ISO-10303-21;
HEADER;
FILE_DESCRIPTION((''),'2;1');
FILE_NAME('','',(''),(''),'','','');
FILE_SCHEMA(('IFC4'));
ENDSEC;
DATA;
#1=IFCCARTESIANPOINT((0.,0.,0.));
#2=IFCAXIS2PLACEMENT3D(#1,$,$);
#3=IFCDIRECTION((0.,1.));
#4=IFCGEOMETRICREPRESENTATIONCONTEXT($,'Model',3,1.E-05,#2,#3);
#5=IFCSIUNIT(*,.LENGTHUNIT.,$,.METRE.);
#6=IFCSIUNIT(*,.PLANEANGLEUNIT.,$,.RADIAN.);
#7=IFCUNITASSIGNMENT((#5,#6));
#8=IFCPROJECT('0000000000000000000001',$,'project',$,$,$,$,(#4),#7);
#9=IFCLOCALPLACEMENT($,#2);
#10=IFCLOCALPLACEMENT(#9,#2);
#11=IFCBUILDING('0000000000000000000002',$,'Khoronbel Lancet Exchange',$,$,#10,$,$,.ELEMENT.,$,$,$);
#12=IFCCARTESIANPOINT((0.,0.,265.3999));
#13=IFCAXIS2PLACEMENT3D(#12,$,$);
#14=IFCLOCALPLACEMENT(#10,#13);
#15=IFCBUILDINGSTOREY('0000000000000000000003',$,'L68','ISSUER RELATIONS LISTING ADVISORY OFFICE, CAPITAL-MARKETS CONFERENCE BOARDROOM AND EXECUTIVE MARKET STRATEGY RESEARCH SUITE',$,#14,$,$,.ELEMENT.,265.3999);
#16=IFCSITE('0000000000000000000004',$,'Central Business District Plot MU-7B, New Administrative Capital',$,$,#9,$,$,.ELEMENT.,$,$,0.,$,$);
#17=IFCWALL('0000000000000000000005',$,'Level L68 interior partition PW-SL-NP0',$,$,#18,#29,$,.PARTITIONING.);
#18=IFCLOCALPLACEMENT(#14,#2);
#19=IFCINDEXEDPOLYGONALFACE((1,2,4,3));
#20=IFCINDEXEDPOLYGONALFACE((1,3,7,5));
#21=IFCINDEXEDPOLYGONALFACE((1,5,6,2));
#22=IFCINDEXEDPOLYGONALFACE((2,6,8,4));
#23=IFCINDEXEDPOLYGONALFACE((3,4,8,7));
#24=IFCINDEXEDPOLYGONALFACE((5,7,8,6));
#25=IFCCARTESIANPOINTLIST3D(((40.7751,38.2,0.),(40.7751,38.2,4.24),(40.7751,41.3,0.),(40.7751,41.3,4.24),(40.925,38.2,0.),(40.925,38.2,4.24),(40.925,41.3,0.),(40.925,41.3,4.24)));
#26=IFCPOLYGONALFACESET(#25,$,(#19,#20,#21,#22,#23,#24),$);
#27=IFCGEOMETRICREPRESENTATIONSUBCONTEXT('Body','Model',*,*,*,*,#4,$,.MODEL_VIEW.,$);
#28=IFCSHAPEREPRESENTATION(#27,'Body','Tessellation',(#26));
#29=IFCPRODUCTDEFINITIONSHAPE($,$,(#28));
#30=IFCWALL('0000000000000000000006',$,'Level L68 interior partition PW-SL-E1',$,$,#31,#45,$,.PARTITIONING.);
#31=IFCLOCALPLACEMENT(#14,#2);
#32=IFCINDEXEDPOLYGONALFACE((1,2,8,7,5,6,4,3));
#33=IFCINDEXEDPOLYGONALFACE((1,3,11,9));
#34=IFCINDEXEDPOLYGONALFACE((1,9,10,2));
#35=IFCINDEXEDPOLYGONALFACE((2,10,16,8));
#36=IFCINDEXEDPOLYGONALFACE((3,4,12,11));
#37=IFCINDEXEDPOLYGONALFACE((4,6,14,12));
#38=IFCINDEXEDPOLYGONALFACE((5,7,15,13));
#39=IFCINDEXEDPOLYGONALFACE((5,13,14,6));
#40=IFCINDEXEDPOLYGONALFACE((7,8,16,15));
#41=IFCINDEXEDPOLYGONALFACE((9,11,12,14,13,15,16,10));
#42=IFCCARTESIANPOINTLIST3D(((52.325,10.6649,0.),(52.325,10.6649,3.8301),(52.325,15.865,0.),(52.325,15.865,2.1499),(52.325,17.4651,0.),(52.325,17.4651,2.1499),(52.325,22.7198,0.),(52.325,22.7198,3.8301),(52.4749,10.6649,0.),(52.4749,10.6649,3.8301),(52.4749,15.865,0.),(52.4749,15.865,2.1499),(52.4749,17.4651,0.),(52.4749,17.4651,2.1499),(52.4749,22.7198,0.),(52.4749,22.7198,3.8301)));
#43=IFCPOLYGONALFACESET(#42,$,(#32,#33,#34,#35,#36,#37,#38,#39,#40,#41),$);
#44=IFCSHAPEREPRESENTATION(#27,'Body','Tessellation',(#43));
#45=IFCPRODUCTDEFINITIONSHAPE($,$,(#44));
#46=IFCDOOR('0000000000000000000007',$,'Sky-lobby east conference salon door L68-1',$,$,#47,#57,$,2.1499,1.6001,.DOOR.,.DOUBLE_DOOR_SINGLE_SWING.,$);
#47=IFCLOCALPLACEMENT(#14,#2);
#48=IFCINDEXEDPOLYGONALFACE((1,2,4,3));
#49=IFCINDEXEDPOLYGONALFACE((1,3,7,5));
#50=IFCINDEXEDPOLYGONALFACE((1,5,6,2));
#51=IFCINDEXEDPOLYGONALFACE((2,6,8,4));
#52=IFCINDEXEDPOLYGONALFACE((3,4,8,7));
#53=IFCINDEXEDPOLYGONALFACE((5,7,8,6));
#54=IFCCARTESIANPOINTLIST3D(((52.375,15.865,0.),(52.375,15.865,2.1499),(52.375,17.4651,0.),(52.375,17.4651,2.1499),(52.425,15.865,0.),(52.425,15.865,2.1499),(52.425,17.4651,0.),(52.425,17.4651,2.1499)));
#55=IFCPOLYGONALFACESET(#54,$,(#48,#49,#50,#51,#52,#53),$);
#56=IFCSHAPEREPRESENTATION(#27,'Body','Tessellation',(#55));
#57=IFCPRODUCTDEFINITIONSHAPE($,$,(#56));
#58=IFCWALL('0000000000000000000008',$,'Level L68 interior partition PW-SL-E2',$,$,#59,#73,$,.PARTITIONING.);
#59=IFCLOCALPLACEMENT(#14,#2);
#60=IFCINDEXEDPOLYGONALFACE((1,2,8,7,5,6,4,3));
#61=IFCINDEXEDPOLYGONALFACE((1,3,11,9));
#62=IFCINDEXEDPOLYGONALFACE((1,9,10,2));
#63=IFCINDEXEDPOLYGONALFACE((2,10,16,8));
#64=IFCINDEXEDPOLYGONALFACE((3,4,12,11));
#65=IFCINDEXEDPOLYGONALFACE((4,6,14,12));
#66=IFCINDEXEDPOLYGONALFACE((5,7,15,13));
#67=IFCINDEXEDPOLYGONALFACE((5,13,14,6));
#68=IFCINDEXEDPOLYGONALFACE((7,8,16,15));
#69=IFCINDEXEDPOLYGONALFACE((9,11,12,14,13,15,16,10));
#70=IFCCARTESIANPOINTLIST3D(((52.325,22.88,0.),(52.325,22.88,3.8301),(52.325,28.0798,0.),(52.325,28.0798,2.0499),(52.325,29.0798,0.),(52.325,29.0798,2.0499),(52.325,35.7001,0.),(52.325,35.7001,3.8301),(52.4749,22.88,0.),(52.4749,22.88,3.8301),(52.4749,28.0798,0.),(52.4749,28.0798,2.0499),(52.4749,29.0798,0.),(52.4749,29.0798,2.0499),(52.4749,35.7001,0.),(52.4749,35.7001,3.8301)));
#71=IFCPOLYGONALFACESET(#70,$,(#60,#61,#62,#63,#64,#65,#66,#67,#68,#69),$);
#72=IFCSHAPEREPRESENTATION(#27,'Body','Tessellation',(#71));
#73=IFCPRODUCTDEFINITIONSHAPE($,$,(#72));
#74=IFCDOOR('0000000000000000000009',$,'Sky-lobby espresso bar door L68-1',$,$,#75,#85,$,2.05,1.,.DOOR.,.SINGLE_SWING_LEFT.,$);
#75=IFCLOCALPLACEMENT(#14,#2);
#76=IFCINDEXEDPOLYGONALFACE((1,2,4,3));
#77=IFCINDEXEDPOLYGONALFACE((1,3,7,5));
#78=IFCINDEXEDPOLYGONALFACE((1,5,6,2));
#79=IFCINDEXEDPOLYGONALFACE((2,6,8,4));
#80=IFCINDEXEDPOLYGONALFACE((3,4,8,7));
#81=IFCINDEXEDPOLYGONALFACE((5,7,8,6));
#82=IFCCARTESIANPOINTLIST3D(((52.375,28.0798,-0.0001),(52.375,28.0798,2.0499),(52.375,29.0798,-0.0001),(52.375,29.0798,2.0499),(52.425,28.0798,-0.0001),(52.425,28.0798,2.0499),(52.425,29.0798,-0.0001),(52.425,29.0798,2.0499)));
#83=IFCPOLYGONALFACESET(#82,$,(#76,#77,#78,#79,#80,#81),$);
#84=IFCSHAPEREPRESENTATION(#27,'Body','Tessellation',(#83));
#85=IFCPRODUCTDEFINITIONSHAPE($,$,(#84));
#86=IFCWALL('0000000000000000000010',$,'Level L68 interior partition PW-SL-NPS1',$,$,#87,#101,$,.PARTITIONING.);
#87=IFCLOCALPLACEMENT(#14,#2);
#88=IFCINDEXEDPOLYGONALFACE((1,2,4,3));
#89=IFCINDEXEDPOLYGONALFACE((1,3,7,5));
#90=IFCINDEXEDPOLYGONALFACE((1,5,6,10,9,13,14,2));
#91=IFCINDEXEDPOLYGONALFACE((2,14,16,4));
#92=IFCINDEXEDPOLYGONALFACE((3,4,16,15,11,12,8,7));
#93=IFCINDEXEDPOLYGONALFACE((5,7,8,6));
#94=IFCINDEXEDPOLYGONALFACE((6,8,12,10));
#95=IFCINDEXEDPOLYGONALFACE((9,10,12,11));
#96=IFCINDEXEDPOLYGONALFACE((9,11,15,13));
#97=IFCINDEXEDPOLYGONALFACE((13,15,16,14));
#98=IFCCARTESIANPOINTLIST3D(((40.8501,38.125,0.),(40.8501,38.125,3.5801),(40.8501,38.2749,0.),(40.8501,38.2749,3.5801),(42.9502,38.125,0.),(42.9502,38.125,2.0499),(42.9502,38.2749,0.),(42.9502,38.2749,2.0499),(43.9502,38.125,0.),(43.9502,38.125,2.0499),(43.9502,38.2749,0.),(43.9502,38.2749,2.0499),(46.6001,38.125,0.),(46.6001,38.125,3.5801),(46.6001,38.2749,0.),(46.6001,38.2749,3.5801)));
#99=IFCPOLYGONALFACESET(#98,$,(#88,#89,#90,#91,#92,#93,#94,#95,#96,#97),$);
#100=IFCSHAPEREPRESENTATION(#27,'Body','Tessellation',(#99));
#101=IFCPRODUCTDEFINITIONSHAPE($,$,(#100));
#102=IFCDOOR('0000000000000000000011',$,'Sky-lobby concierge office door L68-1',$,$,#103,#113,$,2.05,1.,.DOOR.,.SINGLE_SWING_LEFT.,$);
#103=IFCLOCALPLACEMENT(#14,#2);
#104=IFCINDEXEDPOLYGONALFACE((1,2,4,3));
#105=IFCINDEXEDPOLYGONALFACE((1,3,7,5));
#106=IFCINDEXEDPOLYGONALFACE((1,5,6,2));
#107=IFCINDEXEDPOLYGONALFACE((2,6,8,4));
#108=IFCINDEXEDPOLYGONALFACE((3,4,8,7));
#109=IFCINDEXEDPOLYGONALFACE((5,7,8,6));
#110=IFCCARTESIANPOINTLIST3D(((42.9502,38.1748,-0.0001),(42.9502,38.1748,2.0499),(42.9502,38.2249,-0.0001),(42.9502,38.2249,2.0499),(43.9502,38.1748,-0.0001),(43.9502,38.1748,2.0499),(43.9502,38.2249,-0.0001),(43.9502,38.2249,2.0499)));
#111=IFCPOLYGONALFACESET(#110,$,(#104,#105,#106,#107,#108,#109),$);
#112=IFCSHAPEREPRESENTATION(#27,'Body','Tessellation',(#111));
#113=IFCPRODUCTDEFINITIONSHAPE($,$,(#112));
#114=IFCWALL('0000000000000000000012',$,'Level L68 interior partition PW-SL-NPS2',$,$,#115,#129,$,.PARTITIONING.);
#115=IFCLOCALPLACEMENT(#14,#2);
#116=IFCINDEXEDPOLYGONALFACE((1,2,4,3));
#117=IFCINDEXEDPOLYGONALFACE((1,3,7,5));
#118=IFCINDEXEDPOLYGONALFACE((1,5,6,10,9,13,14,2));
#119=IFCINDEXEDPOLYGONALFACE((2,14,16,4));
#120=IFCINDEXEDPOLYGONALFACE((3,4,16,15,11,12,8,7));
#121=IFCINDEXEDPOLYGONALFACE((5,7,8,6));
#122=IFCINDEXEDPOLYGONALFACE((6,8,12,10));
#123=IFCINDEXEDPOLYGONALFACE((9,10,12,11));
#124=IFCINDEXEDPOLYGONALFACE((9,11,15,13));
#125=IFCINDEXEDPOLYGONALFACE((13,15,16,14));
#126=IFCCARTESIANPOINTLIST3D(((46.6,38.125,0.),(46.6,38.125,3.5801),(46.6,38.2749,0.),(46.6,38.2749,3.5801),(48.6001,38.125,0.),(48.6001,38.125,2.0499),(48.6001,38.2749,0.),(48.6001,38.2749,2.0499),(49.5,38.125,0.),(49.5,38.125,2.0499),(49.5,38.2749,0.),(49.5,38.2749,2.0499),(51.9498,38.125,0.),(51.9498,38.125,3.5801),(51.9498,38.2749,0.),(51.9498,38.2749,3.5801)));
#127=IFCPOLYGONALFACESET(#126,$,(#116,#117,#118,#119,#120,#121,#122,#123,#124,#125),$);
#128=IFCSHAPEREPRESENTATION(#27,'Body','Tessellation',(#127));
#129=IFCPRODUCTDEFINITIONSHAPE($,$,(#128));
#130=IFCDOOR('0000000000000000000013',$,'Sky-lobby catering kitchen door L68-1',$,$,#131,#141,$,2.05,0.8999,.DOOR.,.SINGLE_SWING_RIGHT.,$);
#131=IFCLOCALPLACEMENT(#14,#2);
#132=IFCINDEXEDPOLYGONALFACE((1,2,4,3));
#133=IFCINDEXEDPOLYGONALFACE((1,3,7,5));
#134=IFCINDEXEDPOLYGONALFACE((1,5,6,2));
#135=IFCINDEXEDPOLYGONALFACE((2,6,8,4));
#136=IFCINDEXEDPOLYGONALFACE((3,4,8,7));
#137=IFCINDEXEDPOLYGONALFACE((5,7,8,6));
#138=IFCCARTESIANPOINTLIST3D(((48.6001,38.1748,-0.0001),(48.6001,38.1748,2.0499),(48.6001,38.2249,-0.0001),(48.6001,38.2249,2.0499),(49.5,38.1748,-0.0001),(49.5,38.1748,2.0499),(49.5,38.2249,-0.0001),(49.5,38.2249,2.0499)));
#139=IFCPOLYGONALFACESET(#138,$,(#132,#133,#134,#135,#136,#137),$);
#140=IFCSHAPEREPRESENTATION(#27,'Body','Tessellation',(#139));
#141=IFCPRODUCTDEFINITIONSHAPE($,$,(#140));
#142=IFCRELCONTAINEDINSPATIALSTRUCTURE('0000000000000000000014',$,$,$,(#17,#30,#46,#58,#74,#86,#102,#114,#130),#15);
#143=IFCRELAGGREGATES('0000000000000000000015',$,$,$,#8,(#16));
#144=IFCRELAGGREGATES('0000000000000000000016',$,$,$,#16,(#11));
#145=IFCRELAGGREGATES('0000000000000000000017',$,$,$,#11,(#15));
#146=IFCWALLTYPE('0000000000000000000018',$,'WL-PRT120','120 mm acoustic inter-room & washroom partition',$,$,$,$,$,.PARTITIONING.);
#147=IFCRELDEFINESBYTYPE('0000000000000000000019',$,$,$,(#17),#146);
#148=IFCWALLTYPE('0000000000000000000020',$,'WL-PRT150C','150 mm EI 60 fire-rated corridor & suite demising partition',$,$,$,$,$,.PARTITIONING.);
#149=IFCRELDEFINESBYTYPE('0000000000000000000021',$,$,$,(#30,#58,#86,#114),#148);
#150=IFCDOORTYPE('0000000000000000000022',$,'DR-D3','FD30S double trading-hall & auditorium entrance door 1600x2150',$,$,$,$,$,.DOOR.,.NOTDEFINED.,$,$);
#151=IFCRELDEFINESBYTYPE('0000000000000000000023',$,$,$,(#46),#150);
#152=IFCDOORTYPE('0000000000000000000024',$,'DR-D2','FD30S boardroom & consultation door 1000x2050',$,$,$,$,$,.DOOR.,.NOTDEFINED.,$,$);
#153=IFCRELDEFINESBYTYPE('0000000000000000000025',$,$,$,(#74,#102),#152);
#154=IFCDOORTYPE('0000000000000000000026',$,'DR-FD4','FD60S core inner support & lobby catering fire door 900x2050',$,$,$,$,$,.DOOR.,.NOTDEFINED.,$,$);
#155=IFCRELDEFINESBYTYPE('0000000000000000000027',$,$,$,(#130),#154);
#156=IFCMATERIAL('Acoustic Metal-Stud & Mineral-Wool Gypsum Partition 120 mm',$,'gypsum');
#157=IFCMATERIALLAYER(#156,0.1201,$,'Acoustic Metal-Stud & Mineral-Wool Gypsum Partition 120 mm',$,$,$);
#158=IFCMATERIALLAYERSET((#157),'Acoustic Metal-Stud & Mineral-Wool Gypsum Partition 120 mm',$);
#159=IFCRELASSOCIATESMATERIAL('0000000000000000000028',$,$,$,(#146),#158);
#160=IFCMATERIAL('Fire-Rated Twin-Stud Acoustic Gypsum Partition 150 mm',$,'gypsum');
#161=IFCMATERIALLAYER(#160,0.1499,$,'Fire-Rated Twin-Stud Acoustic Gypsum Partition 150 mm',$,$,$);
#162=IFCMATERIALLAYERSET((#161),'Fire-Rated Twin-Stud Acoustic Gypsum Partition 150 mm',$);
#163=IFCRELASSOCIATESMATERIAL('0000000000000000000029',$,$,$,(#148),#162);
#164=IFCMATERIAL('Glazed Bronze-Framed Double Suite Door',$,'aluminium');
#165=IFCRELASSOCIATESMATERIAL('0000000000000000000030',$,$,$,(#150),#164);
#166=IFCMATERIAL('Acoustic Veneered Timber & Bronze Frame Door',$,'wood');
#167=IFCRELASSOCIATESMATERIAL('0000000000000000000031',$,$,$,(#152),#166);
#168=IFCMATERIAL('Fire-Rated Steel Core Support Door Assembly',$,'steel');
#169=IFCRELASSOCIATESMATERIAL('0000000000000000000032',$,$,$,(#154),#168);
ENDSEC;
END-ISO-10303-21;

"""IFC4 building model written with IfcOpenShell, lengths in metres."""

from ifc_helpers import new_model, si_unit, direction, frame, frame_2d, origin, place, context, subcontext, project, spatial, rectangle, extrude, material, layer, layer_set, type_object, element, fill, save


model = new_model("IFC4")

# Units and contexts
model_context = context("Model", 3, precision=1e-05, world=origin(), true_north=direction((0.0, 1.0)))
body_context = subcontext(model_context, "Body", "Model", "MODEL_VIEW")
ifc_project = project(units=[si_unit("LENGTHUNIT", "METRE"), si_unit("PLANEANGLEUNIT", "RADIAN")], contexts=[model_context])

# Site, building, storey
site_placement = place(None, origin())
site = spatial("IfcSite", under=ifc_project, at=site_placement, Name="Central Business District Plot MU-7B, New Administrative Capital", CompositionType="ELEMENT", RefElevation=0.0)
building_placement = place(site_placement, origin())
building = spatial("IfcBuilding", under=site, at=building_placement, Name="Khoronbel Lancet Exchange", CompositionType="ELEMENT")
storey_placement = place(building_placement, frame((0.0, 0.0, 265.3999)))
storey = spatial("IfcBuildingStorey", under=building, at=storey_placement, Name="L68", Description="ISSUER RELATIONS LISTING ADVISORY OFFICE, CAPITAL-MARKETS CONFERENCE BOARDROOM AND EXECUTIVE MARKET STRATEGY RESEARCH SUITE", CompositionType="ELEMENT", Elevation=265.3999)

# Wall
ifc_material_1 = material(Name="Acoustic Metal-Stud & Mineral-Wool Gypsum Partition 120 mm", Category="gypsum")
ifc_layer_1 = layer(ifc_material_1, 0.1201, Name="Acoustic Metal-Stud & Mineral-Wool Gypsum Partition 120 mm")
ifc_layer_set_1 = layer_set([ifc_layer_1], Name="Acoustic Metal-Stud & Mineral-Wool Gypsum Partition 120 mm")
wall_type_1 = type_object("IfcWallType", Name="WL-PRT120", Description="120 mm acoustic inter-room & washroom partition", PredefinedType="PARTITIONING", material=ifc_layer_set_1)
wall_1_placement = place(storey_placement, frame((40.8501, 38.2, 0.0), z_axis=(0.0, 0.0, 1.0), x_axis=(0.0, 1.0, 0.0)))
element("IfcWall", 1, at=wall_1_placement, inside=storey, type_object=wall_type_1, Name="Level L68 interior partition PW-SL-NP0", PredefinedType="PARTITIONING", context=body_context, shape_type="SweptSolid", body=[
    extrude(rectangle(XDim=3.1001, YDim=0.1499, at=frame_2d((1.55, 0.0))), origin(), (0.0, 0.0, 1.0), 4.24),
])

# Walls, openings, doors
ifc_material_2 = material(Name="Fire-Rated Twin-Stud Acoustic Gypsum Partition 150 mm", Category="gypsum")
ifc_layer_2 = layer(ifc_material_2, 0.1499, Name="Fire-Rated Twin-Stud Acoustic Gypsum Partition 150 mm")
ifc_layer_set_2 = layer_set([ifc_layer_2], Name="Fire-Rated Twin-Stud Acoustic Gypsum Partition 150 mm")
wall_type_2 = type_object("IfcWallType", Name="WL-PRT150C", Description="150 mm EI 60 fire-rated corridor & suite demising partition", PredefinedType="PARTITIONING", material=ifc_layer_set_2)
wall_2_placement = place(storey_placement, frame((52.3999, 10.665, 0.0), z_axis=(0.0, 0.0, 1.0), x_axis=(0.0, 1.0, 0.0)))
wall_2 = element("IfcWall", 2, at=wall_2_placement, inside=storey, type_object=wall_type_2, Name="Level L68 interior partition PW-SL-E1", PredefinedType="PARTITIONING", context=body_context, shape_type="SweptSolid", body=[
    extrude(rectangle(XDim=12.0549, YDim=0.1499, at=frame_2d((6.0273, 0.0))), origin(), (0.0, 0.0, 1.0), 3.8301),
])
opening_1_placement = place(wall_2_placement, frame((5.2, 0.0, 0.0)))
opening_1 = element("IfcOpeningElement", 3, at=opening_1_placement, cuts=wall_2, PredefinedType="OPENING", context=body_context, shape_type="SweptSolid", body=[
    extrude(rectangle(XDim=1.6001, YDim=2.1499, at=frame_2d((0.8, 1.075))), frame((0.0, 0.085, 0.0), z_axis=(0.0, -1.0, 0.0), x_axis=(1.0, 0.0, 0.0)), (0.0, 0.0, 1.0), 0.1699),
])
ifc_material_3 = material(Name="Glazed Bronze-Framed Double Suite Door", Category="aluminium")
door_type_1 = type_object("IfcDoorType", Name="DR-D3", Description="FD30S double trading-hall & auditorium entrance door 1600x2150", OperationType="NOTDEFINED", PredefinedType="DOOR", material=ifc_material_3)
door_1_placement = place(opening_1_placement, origin())
door_1 = element("IfcDoor", 4, at=door_1_placement, inside=storey, type_object=door_type_1, Name="Sky-lobby east conference salon door L68-1", OperationType="DOUBLE_DOOR_SINGLE_SWING", OverallHeight=2.1499, OverallWidth=1.6001, PredefinedType="DOOR", context=body_context, shape_type="SweptSolid", body=[
    extrude(rectangle(XDim=1.6001, YDim=2.1499, at=frame_2d((0.8, 1.075))), frame((0.0, 0.0249, 0.0), z_axis=(0.0, -1.0, 0.0), x_axis=(1.0, 0.0, 0.0)), (0.0, 0.0, 1.0), 0.05),
])
fill(opening_1, door_1)
wall_3_placement = place(storey_placement, frame((52.3999, 22.8799, 0.0), z_axis=(0.0, 0.0, 1.0), x_axis=(0.0, 1.0, 0.0)))
wall_3 = element("IfcWall", 5, at=wall_3_placement, inside=storey, type_object=wall_type_2, Name="Level L68 interior partition PW-SL-E2", PredefinedType="PARTITIONING", context=body_context, shape_type="SweptSolid", body=[
    extrude(rectangle(XDim=12.8201, YDim=0.1499, at=frame_2d((6.4102, 0.0))), origin(), (0.0, 0.0, 1.0), 3.8301),
])
opening_2_placement = place(wall_3_placement, frame((5.2, 0.0, 0.0)))
opening_2 = element("IfcOpeningElement", 6, at=opening_2_placement, cuts=wall_3, PredefinedType="OPENING", context=body_context, shape_type="SweptSolid", body=[
    extrude(rectangle(XDim=1.0, YDim=2.05, at=frame_2d((0.5, 1.0249))), frame((0.0, 0.085, 0.0), z_axis=(0.0, -1.0, 0.0), x_axis=(1.0, 0.0, 0.0)), (0.0, 0.0, 1.0), 0.1699),
])
ifc_material_4 = material(Name="Acoustic Veneered Timber & Bronze Frame Door", Category="wood")
door_type_2 = type_object("IfcDoorType", Name="DR-D2", Description="FD30S boardroom & consultation door 1000x2050", OperationType="NOTDEFINED", PredefinedType="DOOR", material=ifc_material_4)
door_2_placement = place(opening_2_placement, origin())
door_2 = element("IfcDoor", 7, at=door_2_placement, inside=storey, type_object=door_type_2, Name="Sky-lobby espresso bar door L68-1", OperationType="SINGLE_SWING_LEFT", OverallHeight=2.05, OverallWidth=1.0, PredefinedType="DOOR", context=body_context, shape_type="SweptSolid", body=[
    extrude(rectangle(XDim=1.0, YDim=2.05, at=frame_2d((0.5, 1.0249))), frame((0.0, 0.0249, 0.0), z_axis=(0.0, -1.0, 0.0), x_axis=(1.0, 0.0, 0.0)), (0.0, 0.0, 1.0), 0.05),
])
fill(opening_2, door_2)
wall_4_placement = place(storey_placement, frame((40.8501, 38.2, 0.0), z_axis=(0.0, 0.0, 1.0), x_axis=(1.0, 0.0, 0.0)))
wall_4 = element("IfcWall", 8, at=wall_4_placement, inside=storey, type_object=wall_type_2, Name="Level L68 interior partition PW-SL-NPS1", PredefinedType="PARTITIONING", context=body_context, shape_type="SweptSolid", body=[
    extrude(rectangle(XDim=5.75, YDim=0.1499, at=frame_2d((2.875, 0.0))), origin(), (0.0, 0.0, 1.0), 3.5801),
])
opening_3_placement = place(wall_4_placement, frame((2.1001, 0.0, 0.0)))
opening_3 = element("IfcOpeningElement", 9, at=opening_3_placement, cuts=wall_4, PredefinedType="OPENING", context=body_context, shape_type="SweptSolid", body=[
    extrude(rectangle(XDim=1.0, YDim=2.05, at=frame_2d((0.5, 1.0249))), frame((0.0, 0.085, 0.0), z_axis=(0.0, -1.0, 0.0), x_axis=(1.0, 0.0, 0.0)), (0.0, 0.0, 1.0), 0.1699),
])
door_3_placement = place(opening_3_placement, origin())
door_3 = element("IfcDoor", 10, at=door_3_placement, inside=storey, type_object=door_type_2, Name="Sky-lobby concierge office door L68-1", OperationType="SINGLE_SWING_LEFT", OverallHeight=2.05, OverallWidth=1.0, PredefinedType="DOOR", context=body_context, shape_type="SweptSolid", body=[
    extrude(rectangle(XDim=1.0, YDim=2.05, at=frame_2d((0.5, 1.0249))), frame((0.0, 0.0249, 0.0), z_axis=(0.0, -1.0, 0.0), x_axis=(1.0, 0.0, 0.0)), (0.0, 0.0, 1.0), 0.05),
])
fill(opening_3, door_3)
wall_5_placement = place(storey_placement, frame((46.6001, 38.2, 0.0), z_axis=(0.0, 0.0, 1.0), x_axis=(1.0, 0.0, 0.0)))
wall_5 = element("IfcWall", 11, at=wall_5_placement, inside=storey, type_object=wall_type_2, Name="Level L68 interior partition PW-SL-NPS2", PredefinedType="PARTITIONING", context=body_context, shape_type="SweptSolid", body=[
    extrude(rectangle(XDim=5.3499, YDim=0.1499, at=frame_2d((2.6748, 0.0))), origin(), (0.0, 0.0, 1.0), 3.5801),
])
opening_4_placement = place(wall_5_placement, frame((2.0, 0.0, 0.0)))
opening_4 = element("IfcOpeningElement", 12, at=opening_4_placement, cuts=wall_5, PredefinedType="OPENING", context=body_context, shape_type="SweptSolid", body=[
    extrude(rectangle(XDim=0.8999, YDim=2.05, at=frame_2d((0.45, 1.0249))), frame((0.0, 0.085, 0.0), z_axis=(0.0, -1.0, 0.0), x_axis=(1.0, 0.0, 0.0)), (0.0, 0.0, 1.0), 0.1699),
])
ifc_material_5 = material(Name="Fire-Rated Steel Core Support Door Assembly", Category="steel")
door_type_3 = type_object("IfcDoorType", Name="DR-FD4", Description="FD60S core inner support & lobby catering fire door 900x2050", OperationType="NOTDEFINED", PredefinedType="DOOR", material=ifc_material_5)
door_4_placement = place(opening_4_placement, origin())
door_4 = element("IfcDoor", 13, at=door_4_placement, inside=storey, type_object=door_type_3, Name="Sky-lobby catering kitchen door L68-1", OperationType="SINGLE_SWING_RIGHT", OverallHeight=2.05, OverallWidth=0.8999, PredefinedType="DOOR", context=body_context, shape_type="SweptSolid", body=[
    extrude(rectangle(XDim=0.8999, YDim=2.05, at=frame_2d((0.45, 1.0249))), frame((0.0, 0.0249, 0.0), z_axis=(0.0, -1.0, 0.0), x_axis=(1.0, 0.0, 0.0)), (0.0, 0.0, 1.0), 0.05),
])
fill(opening_4, door_4)

save(model, "model.ifc")
